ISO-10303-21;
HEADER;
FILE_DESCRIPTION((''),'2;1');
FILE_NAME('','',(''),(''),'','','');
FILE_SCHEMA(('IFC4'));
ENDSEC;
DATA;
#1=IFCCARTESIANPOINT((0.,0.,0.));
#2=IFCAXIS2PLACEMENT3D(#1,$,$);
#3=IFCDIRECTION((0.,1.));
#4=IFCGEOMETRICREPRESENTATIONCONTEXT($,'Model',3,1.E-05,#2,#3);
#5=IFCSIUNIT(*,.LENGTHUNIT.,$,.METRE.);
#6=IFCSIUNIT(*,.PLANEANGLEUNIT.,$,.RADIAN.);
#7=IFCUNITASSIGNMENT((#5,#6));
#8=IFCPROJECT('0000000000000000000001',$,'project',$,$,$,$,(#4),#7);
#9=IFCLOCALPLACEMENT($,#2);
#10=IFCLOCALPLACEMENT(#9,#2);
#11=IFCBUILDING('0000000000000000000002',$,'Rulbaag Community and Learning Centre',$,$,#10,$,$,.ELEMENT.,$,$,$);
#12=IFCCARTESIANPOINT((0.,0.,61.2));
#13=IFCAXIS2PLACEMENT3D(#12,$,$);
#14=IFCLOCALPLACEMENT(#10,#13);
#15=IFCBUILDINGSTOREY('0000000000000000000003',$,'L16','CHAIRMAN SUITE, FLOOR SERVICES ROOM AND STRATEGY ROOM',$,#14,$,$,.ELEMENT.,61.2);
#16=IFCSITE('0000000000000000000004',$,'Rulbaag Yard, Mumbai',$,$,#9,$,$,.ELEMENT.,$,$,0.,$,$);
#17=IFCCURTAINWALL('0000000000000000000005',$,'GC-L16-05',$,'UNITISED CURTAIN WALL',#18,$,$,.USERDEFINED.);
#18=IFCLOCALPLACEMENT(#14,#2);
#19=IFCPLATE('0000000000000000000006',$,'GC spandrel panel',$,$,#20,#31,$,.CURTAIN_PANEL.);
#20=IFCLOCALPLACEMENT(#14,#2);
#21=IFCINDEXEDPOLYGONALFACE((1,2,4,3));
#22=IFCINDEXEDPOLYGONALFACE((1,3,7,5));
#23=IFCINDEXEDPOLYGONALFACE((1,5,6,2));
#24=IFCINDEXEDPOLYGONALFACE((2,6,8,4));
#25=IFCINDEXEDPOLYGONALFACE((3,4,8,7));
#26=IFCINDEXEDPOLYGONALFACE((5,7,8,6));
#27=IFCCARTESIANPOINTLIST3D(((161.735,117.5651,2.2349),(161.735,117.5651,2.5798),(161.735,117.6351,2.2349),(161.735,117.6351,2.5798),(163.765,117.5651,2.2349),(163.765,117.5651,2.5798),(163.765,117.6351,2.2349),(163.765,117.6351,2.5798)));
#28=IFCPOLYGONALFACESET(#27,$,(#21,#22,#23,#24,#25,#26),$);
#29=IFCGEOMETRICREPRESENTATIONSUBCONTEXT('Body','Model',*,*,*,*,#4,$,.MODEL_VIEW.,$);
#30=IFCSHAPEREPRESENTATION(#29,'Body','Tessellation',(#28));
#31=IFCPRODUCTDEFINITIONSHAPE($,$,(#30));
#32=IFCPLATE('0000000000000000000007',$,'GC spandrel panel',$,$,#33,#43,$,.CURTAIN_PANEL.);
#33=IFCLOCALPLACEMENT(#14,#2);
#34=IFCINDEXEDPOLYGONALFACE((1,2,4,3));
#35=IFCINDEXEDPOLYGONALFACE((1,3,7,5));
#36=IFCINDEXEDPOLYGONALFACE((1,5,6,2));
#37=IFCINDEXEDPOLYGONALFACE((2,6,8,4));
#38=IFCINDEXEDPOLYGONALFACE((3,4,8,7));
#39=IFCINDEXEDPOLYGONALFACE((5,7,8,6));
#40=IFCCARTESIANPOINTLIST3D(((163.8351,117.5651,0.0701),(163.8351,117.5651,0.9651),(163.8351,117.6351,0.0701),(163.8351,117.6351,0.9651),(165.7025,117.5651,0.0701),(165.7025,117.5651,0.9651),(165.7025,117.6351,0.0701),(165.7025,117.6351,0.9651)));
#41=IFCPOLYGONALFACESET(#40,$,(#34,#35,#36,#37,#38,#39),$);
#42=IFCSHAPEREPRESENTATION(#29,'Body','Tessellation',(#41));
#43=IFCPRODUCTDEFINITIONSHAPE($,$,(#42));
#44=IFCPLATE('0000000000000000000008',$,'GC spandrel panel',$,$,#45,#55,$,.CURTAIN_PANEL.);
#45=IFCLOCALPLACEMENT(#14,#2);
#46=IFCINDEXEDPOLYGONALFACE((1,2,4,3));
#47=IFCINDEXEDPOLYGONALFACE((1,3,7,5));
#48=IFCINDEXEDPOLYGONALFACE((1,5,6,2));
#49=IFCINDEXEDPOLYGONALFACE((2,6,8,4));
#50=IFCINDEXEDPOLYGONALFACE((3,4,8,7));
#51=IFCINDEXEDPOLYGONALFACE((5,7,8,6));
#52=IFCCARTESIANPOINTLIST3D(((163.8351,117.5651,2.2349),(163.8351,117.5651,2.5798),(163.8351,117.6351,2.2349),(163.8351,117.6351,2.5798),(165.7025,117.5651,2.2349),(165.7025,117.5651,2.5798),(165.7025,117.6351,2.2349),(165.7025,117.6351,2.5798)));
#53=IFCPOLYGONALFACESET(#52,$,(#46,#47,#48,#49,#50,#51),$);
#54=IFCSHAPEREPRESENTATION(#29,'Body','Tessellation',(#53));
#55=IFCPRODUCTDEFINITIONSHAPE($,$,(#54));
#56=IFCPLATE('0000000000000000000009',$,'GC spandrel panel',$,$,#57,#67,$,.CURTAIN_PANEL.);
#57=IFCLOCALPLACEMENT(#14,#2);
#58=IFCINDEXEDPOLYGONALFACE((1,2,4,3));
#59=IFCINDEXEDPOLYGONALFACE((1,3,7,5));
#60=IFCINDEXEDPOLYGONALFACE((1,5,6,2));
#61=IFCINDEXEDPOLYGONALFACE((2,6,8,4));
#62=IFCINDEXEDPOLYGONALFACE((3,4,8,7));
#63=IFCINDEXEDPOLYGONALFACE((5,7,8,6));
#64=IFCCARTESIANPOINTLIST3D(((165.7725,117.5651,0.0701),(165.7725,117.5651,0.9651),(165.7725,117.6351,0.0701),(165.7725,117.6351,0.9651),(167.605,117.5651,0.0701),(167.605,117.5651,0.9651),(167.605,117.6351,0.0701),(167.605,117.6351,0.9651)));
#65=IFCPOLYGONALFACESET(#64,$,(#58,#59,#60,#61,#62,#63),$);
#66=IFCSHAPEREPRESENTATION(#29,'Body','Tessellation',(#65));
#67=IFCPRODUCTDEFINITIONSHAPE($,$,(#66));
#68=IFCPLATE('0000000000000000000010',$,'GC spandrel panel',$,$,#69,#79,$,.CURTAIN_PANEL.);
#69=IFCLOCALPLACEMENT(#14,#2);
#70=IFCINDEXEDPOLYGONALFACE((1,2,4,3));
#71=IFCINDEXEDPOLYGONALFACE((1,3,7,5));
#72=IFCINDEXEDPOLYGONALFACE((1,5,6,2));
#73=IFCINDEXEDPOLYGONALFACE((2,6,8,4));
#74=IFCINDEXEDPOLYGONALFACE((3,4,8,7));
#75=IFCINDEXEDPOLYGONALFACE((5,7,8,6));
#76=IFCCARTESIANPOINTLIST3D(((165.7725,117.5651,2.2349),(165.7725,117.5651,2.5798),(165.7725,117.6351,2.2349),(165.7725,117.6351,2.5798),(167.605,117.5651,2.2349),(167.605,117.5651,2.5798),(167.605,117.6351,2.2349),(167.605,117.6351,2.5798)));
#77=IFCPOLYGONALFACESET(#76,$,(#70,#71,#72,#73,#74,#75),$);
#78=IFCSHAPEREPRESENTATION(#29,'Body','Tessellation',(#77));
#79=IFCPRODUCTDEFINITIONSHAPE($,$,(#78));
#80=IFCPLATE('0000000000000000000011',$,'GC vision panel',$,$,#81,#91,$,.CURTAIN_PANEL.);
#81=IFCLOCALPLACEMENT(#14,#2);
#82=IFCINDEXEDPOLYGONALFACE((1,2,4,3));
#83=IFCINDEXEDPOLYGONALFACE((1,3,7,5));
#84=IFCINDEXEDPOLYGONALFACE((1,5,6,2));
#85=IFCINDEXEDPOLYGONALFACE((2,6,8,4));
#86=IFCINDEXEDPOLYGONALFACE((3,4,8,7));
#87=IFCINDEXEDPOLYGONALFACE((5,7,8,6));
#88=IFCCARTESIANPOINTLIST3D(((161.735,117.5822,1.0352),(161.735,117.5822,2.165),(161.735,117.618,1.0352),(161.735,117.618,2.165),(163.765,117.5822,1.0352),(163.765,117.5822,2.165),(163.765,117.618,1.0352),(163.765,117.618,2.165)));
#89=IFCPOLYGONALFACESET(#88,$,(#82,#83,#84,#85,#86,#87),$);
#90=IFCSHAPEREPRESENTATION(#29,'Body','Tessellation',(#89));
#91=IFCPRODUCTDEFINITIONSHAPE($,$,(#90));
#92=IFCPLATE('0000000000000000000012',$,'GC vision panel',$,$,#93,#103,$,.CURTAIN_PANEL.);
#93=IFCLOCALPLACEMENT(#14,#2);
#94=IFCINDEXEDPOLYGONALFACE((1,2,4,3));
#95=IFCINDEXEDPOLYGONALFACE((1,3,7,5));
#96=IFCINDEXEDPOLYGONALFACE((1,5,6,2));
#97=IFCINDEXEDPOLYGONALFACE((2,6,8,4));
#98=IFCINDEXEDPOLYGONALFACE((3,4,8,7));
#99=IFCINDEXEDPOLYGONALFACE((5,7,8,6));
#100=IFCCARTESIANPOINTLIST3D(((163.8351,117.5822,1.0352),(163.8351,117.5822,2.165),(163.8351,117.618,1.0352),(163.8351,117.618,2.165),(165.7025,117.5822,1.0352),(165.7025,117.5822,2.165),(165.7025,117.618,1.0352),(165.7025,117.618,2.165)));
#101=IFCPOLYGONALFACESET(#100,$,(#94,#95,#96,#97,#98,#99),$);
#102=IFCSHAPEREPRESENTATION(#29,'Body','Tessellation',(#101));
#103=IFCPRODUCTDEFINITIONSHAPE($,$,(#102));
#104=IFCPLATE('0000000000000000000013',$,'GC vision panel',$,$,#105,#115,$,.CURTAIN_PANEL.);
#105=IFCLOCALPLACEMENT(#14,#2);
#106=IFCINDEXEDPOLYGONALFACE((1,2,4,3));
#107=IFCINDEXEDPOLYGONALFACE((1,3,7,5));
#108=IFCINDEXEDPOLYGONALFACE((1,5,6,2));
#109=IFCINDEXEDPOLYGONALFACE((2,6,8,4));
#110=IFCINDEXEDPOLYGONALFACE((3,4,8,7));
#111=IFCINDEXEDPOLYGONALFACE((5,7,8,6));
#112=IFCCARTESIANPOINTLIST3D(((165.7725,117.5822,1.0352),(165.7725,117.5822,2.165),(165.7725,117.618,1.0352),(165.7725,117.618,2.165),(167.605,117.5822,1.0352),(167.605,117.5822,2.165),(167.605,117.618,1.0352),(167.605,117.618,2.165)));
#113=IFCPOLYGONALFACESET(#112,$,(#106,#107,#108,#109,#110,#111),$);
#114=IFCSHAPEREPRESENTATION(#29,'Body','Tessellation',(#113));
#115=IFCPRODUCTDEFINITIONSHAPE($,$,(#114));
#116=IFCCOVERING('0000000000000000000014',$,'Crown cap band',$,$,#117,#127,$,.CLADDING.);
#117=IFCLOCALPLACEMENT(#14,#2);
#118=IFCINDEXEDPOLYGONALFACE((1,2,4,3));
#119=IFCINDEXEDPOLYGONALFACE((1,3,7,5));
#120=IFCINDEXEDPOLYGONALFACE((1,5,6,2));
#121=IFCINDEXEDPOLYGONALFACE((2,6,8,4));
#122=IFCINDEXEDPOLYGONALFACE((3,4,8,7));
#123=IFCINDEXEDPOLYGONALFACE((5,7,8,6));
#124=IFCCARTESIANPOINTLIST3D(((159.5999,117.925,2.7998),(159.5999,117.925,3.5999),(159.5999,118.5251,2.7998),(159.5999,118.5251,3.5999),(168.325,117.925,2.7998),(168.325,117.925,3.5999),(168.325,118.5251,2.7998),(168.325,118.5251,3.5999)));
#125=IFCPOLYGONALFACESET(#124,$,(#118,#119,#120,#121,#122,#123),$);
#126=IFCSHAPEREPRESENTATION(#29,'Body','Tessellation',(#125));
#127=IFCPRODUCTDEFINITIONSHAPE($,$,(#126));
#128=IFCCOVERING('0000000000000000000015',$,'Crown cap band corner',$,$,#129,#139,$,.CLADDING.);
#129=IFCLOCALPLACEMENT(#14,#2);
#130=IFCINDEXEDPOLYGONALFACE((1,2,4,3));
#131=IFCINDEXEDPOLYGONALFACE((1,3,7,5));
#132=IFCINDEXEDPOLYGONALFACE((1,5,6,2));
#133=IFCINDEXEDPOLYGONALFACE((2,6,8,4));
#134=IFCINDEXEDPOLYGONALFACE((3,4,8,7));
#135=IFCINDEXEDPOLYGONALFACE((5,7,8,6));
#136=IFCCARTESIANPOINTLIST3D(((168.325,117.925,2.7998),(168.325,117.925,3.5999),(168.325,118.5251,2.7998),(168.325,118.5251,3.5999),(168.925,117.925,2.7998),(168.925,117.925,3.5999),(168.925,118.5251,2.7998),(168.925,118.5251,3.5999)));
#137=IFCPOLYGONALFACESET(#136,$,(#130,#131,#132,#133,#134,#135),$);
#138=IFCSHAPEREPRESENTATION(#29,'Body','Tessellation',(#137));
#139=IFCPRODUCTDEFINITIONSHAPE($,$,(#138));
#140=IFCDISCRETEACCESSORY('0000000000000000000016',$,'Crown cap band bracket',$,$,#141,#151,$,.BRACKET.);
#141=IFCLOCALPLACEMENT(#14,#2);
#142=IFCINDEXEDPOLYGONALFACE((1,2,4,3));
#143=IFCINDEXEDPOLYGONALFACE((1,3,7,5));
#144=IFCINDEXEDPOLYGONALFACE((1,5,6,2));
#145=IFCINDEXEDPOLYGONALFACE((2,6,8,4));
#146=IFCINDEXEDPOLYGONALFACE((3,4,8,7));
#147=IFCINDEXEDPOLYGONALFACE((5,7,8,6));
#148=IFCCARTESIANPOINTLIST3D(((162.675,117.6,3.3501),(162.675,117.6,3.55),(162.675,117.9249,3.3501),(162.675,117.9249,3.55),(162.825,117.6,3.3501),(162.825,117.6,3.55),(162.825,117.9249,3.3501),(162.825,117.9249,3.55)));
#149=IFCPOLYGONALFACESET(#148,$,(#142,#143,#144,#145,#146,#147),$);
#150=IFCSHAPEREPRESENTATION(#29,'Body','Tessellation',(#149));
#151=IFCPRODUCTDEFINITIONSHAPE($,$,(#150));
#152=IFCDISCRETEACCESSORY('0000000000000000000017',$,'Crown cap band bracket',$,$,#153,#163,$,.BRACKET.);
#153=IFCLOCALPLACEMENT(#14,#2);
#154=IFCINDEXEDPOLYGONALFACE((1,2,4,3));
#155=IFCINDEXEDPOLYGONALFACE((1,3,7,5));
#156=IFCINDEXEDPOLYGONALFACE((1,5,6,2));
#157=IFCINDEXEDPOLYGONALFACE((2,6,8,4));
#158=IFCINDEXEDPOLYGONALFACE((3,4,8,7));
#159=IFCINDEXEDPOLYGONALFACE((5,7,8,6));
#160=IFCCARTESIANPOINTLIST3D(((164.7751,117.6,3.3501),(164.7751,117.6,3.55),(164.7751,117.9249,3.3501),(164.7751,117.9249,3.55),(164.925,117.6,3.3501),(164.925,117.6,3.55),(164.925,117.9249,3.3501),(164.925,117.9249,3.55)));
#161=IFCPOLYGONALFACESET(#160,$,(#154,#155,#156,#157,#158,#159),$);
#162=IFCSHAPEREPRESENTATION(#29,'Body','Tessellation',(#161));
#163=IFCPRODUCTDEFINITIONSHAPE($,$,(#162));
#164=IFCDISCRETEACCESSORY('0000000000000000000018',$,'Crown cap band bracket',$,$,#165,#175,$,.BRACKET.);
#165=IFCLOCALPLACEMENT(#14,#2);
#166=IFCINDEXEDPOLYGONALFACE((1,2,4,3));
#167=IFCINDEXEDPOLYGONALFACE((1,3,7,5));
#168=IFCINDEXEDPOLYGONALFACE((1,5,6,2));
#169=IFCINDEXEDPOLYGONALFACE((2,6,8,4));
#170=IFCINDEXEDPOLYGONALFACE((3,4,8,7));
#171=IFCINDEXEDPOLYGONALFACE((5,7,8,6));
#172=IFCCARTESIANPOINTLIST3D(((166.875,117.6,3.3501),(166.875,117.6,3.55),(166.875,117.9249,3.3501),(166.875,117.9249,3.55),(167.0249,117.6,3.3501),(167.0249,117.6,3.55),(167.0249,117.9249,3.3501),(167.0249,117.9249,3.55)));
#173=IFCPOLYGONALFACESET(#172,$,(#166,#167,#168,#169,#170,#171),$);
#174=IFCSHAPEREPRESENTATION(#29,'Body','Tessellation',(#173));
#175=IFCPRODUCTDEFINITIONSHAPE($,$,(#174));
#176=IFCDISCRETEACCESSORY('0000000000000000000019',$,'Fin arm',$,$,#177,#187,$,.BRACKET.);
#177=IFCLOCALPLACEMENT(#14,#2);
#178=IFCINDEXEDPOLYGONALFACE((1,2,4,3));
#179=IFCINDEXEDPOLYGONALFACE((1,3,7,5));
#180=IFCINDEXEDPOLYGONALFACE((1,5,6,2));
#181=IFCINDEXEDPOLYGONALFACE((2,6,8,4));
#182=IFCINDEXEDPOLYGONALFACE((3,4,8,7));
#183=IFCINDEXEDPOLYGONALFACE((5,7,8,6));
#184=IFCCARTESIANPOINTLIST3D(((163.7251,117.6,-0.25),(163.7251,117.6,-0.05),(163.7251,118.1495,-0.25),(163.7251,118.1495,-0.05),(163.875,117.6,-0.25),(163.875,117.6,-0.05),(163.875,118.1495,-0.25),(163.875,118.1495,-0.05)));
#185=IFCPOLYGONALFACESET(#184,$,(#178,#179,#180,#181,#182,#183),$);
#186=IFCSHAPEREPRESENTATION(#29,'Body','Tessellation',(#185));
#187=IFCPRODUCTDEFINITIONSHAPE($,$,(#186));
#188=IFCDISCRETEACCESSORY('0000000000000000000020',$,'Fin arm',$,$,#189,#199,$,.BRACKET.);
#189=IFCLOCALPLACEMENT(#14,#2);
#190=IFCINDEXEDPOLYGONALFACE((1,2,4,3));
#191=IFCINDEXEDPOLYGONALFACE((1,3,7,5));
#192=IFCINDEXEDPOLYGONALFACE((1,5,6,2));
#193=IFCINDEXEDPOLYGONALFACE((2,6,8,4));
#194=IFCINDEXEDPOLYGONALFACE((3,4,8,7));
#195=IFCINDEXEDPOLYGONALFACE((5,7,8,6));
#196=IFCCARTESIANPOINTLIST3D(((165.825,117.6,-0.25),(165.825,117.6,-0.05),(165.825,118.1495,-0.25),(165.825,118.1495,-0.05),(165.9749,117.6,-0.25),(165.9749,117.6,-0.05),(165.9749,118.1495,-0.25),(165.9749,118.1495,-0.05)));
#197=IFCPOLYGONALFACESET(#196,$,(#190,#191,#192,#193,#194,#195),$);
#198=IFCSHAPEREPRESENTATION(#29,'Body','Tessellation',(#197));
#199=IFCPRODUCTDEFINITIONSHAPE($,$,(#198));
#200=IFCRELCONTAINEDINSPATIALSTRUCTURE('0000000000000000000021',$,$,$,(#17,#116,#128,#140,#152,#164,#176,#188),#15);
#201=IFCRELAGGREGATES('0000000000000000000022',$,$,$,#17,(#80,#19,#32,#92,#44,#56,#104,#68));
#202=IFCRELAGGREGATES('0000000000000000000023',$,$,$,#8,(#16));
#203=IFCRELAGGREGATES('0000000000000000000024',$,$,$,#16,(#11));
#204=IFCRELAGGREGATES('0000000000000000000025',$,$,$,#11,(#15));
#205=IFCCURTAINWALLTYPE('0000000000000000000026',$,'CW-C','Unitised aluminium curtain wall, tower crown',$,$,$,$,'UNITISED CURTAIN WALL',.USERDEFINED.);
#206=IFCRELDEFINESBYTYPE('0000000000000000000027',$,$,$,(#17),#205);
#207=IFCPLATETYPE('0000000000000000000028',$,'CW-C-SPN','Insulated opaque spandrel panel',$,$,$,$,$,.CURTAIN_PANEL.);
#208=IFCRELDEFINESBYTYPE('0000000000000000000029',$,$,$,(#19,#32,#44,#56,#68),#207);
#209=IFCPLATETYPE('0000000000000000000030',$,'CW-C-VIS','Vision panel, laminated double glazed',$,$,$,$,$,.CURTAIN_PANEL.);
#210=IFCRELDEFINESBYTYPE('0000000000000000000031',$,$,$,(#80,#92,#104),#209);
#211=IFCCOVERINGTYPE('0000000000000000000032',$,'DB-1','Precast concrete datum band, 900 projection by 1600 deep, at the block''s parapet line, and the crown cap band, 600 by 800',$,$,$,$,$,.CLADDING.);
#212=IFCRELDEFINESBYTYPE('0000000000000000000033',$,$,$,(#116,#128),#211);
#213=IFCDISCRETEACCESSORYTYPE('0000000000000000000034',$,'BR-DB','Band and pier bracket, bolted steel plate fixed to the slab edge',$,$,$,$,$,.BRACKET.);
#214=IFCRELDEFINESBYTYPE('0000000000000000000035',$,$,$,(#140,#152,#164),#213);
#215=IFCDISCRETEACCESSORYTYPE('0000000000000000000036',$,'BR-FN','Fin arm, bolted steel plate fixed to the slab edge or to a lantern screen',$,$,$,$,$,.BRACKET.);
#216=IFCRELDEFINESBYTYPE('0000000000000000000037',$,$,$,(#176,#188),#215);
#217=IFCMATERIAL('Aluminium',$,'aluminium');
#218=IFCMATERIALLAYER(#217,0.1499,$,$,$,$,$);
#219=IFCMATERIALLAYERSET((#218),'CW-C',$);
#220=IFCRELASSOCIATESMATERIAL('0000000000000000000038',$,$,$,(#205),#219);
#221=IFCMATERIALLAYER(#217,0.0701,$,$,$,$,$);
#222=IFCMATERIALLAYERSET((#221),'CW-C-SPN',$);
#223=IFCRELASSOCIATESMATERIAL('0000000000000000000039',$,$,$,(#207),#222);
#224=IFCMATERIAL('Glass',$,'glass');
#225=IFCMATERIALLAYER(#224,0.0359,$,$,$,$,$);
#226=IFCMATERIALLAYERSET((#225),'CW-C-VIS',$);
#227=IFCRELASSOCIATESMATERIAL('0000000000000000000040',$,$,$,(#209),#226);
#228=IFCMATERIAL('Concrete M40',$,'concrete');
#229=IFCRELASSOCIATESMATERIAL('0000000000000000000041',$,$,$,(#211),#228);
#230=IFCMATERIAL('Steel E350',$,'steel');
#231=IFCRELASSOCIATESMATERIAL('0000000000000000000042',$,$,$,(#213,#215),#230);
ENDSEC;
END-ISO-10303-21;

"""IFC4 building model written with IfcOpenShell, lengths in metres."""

from ifc_helpers import new_model, si_unit, direction, frame, origin, origin_2d, place, context, subcontext, project, spatial, rectangle, extrude, material, layer, layer_set, type_object, element, aggregate, save


model = new_model("IFC4")

# Units and contexts
model_context = context("Model", 3, precision=1e-05, world=origin(), true_north=direction((0.0, 1.0)))
body_context = subcontext(model_context, "Body", "Model", "MODEL_VIEW")
ifc_project = project(units=[si_unit("LENGTHUNIT", "METRE"), si_unit("PLANEANGLEUNIT", "RADIAN")], contexts=[model_context])

# Site, building, storey
site_placement = place(None, origin())
site = spatial("IfcSite", under=ifc_project, at=site_placement, Name="Rulbaag Yard, Mumbai", CompositionType="ELEMENT", RefElevation=0.0)
building_placement = place(site_placement, origin())
building = spatial("IfcBuilding", under=site, at=building_placement, Name="Rulbaag Community and Learning Centre", CompositionType="ELEMENT")
storey_placement = place(building_placement, frame((0.0, 0.0, 61.2)))
storey = spatial("IfcBuildingStorey", under=building, at=storey_placement, Name="L16", Description="CHAIRMAN SUITE, FLOOR SERVICES ROOM AND STRATEGY ROOM", CompositionType="ELEMENT", Elevation=61.2)

# Shared definitions
ifc_material_1 = material(Name="Concrete M40", Category="concrete")

# Curtain wall, plates
ifc_material_2 = material(Name="Aluminium", Category="aluminium")
ifc_layer_1 = layer(ifc_material_2, 0.1499)
ifc_layer_set_1 = layer_set([ifc_layer_1], Name="CW-C")
curtain_wall_type = type_object("IfcCurtainWallType", Name="CW-C", Description="Unitised aluminium curtain wall, tower crown", ElementType="UNITISED CURTAIN WALL", PredefinedType="USERDEFINED", material=ifc_layer_set_1)
curtain_wall_placement = place(storey_placement, origin())
curtain_wall = element("IfcCurtainWall", 1, at=curtain_wall_placement, inside=storey, type_object=curtain_wall_type, Name="GC-L16-05", ObjectType="UNITISED CURTAIN WALL", PredefinedType="USERDEFINED")
ifc_layer_2 = layer(ifc_material_2, 0.0701)
ifc_layer_set_2 = layer_set([ifc_layer_2], Name="CW-C-SPN")
plate_type_1 = type_object("IfcPlateType", Name="CW-C-SPN", Description="Insulated opaque spandrel panel", PredefinedType="CURTAIN_PANEL", material=ifc_layer_set_2)
plate_1_placement = place(storey_placement, frame((162.75, 117.6001, 2.2349), z_axis=(0.0, 0.0, 1.0), x_axis=(1.0, 0.0, 0.0)))
plate_1 = element("IfcPlate", 2, at=plate_1_placement, type_object=plate_type_1, Name="GC spandrel panel", PredefinedType="CURTAIN_PANEL", context=body_context, shape_type="SweptSolid", body=[
    extrude(rectangle(XDim=2.03, YDim=0.0701, at=origin_2d()), origin(), (0.0, 0.0, 1.0), 0.345),
])
plate_2_placement = place(storey_placement, frame((164.7688, 117.6001, 0.0701), z_axis=(0.0, 0.0, 1.0), x_axis=(1.0, 0.0, 0.0)))
plate_2 = element("IfcPlate", 3, at=plate_2_placement, type_object=plate_type_1, Name="GC spandrel panel", PredefinedType="CURTAIN_PANEL", context=body_context, shape_type="SweptSolid", body=[
    extrude(rectangle(XDim=1.8674, YDim=0.0701, at=origin_2d()), origin(), (0.0, 0.0, 1.0), 0.895),
])
plate_3_placement = place(storey_placement, frame((164.7688, 117.6001, 2.2349), z_axis=(0.0, 0.0, 1.0), x_axis=(1.0, 0.0, 0.0)))
plate_3 = element("IfcPlate", 4, at=plate_3_placement, type_object=plate_type_1, Name="GC spandrel panel", PredefinedType="CURTAIN_PANEL", context=body_context, shape_type="SweptSolid", body=[
    extrude(rectangle(XDim=1.8674, YDim=0.0701, at=origin_2d()), origin(), (0.0, 0.0, 1.0), 0.345),
])
plate_4_placement = place(storey_placement, frame((166.6887, 117.6001, 0.0701), z_axis=(0.0, 0.0, 1.0), x_axis=(1.0, 0.0, 0.0)))
plate_4 = element("IfcPlate", 5, at=plate_4_placement, type_object=plate_type_1, Name="GC spandrel panel", PredefinedType="CURTAIN_PANEL", context=body_context, shape_type="SweptSolid", body=[
    extrude(rectangle(XDim=1.8325, YDim=0.0701, at=origin_2d()), origin(), (0.0, 0.0, 1.0), 0.895),
])
plate_5_placement = place(storey_placement, frame((166.6887, 117.6001, 2.2349), z_axis=(0.0, 0.0, 1.0), x_axis=(1.0, 0.0, 0.0)))
plate_5 = element("IfcPlate", 6, at=plate_5_placement, type_object=plate_type_1, Name="GC spandrel panel", PredefinedType="CURTAIN_PANEL", context=body_context, shape_type="SweptSolid", body=[
    extrude(rectangle(XDim=1.8325, YDim=0.0701, at=origin_2d()), origin(), (0.0, 0.0, 1.0), 0.345),
])
ifc_material_3 = material(Name="Glass", Category="glass")
ifc_layer_3 = layer(ifc_material_3, 0.0359)
ifc_layer_set_3 = layer_set([ifc_layer_3], Name="CW-C-VIS")
plate_type_2 = type_object("IfcPlateType", Name="CW-C-VIS", Description="Vision panel, laminated double glazed", PredefinedType="CURTAIN_PANEL", material=ifc_layer_set_3)
plate_6_placement = place(storey_placement, frame((162.75, 117.6001, 1.0352), z_axis=(0.0, 0.0, 1.0), x_axis=(1.0, 0.0, 0.0)))
plate_6 = element("IfcPlate", 7, at=plate_6_placement, type_object=plate_type_2, Name="GC vision panel", PredefinedType="CURTAIN_PANEL", context=body_context, shape_type="SweptSolid", body=[
    extrude(rectangle(XDim=2.03, YDim=0.0359, at=origin_2d()), origin(), (0.0, 0.0, 1.0), 1.1299),
])
plate_7_placement = place(storey_placement, frame((164.7688, 117.6001, 1.0352), z_axis=(0.0, 0.0, 1.0), x_axis=(1.0, 0.0, 0.0)))
plate_7 = element("IfcPlate", 8, at=plate_7_placement, type_object=plate_type_2, Name="GC vision panel", PredefinedType="CURTAIN_PANEL", context=body_context, shape_type="SweptSolid", body=[
    extrude(rectangle(XDim=1.8674, YDim=0.0359, at=origin_2d()), origin(), (0.0, 0.0, 1.0), 1.1299),
])
plate_8_placement = place(storey_placement, frame((166.6887, 117.6001, 1.0352), z_axis=(0.0, 0.0, 1.0), x_axis=(1.0, 0.0, 0.0)))
plate_8 = element("IfcPlate", 9, at=plate_8_placement, type_object=plate_type_2, Name="GC vision panel", PredefinedType="CURTAIN_PANEL", context=body_context, shape_type="SweptSolid", body=[
    extrude(rectangle(XDim=1.8325, YDim=0.0359, at=origin_2d()), origin(), (0.0, 0.0, 1.0), 1.1299),
])
aggregate(curtain_wall, [plate_6, plate_1, plate_2, plate_7, plate_3, plate_4, plate_8, plate_5])

# Coverings
covering_type = type_object("IfcCoveringType", Name="DB-1", Description="Precast concrete datum band, 900 projection by 1600 deep, at the block's parapet line, and the crown cap band, 600 by 800", PredefinedType="CLADDING", material=ifc_material_1)
covering_1_placement = place(storey_placement, frame((163.9624, 118.2251, 2.7998), z_axis=(0.0, 0.0, 1.0), x_axis=(1.0, 0.0, 0.0)))
element("IfcCovering", 10, at=covering_1_placement, inside=storey, type_object=covering_type, Name="Crown cap band", PredefinedType="CLADDING", context=body_context, shape_type="SweptSolid", body=[
    extrude(rectangle(XDim=8.7251, YDim=0.6001, at=origin_2d()), origin(), (0.0, 0.0, 1.0), 0.8),
])
covering_2_placement = place(storey_placement, frame((168.625, 118.2251, 2.7998), z_axis=(0.0, 0.0, 1.0), x_axis=(1.0, 0.0, 0.0)))
element("IfcCovering", 11, at=covering_2_placement, inside=storey, type_object=covering_type, Name="Crown cap band corner", PredefinedType="CLADDING", context=body_context, shape_type="SweptSolid", body=[
    extrude(rectangle(XDim=0.6001, YDim=0.6001, at=origin_2d()), origin(), (0.0, 0.0, 1.0), 0.8),
])

# Discrete accessories
ifc_material_4 = material(Name="Steel E350", Category="steel")
discrete_accessory_type_1 = type_object("IfcDiscreteAccessoryType", Name="BR-DB", Description="Band and pier bracket, bolted steel plate fixed to the slab edge", PredefinedType="BRACKET", material=ifc_material_4)
for number, where, z_axis, x_axis, name in (
    (12, (162.75, 117.7625, 3.3501), (0.0, 0.0, 1.0), (1.0, 0.0, 0.0), "Crown cap band bracket"),
    (13, (164.8501, 117.7625, 3.3501), (0.0, 0.0, 1.0), (1.0, 0.0, 0.0), "Crown cap band bracket"),
    (14, (166.95, 117.7625, 3.3501), (0.0, 0.0, 1.0), (1.0, 0.0, 0.0), "Crown cap band bracket"),
):
    element("IfcDiscreteAccessory", number, at=place(storey_placement, frame(where, z_axis=z_axis, x_axis=x_axis)), inside=storey, type_object=discrete_accessory_type_1, Name=name, PredefinedType="BRACKET", context=body_context, shape_type="SweptSolid", body=[
        extrude(rectangle(XDim=0.1499, YDim=0.325, at=origin_2d()), origin(), (0.0, 0.0, 1.0), 0.2),
    ])
discrete_accessory_type_2 = type_object("IfcDiscreteAccessoryType", Name="BR-FN", Description="Fin arm, bolted steel plate fixed to the slab edge or to a lantern screen", PredefinedType="BRACKET", material=ifc_material_4)
for number, where, z_axis, x_axis, name in (
    (15, (163.8, 117.8748, -0.25), (0.0, 0.0, 1.0), (1.0, 0.0, 0.0), "Fin arm"),
    (16, (165.8999, 117.8748, -0.25), (0.0, 0.0, 1.0), (1.0, 0.0, 0.0), "Fin arm"),
):
    element("IfcDiscreteAccessory", number, at=place(storey_placement, frame(where, z_axis=z_axis, x_axis=x_axis)), inside=storey, type_object=discrete_accessory_type_2, Name=name, PredefinedType="BRACKET", context=body_context, shape_type="SweptSolid", body=[
        extrude(rectangle(XDim=0.1499, YDim=0.5496, at=origin_2d()), origin(), (0.0, 0.0, 1.0), 0.2),
    ])

save(model, "model.ifc")
